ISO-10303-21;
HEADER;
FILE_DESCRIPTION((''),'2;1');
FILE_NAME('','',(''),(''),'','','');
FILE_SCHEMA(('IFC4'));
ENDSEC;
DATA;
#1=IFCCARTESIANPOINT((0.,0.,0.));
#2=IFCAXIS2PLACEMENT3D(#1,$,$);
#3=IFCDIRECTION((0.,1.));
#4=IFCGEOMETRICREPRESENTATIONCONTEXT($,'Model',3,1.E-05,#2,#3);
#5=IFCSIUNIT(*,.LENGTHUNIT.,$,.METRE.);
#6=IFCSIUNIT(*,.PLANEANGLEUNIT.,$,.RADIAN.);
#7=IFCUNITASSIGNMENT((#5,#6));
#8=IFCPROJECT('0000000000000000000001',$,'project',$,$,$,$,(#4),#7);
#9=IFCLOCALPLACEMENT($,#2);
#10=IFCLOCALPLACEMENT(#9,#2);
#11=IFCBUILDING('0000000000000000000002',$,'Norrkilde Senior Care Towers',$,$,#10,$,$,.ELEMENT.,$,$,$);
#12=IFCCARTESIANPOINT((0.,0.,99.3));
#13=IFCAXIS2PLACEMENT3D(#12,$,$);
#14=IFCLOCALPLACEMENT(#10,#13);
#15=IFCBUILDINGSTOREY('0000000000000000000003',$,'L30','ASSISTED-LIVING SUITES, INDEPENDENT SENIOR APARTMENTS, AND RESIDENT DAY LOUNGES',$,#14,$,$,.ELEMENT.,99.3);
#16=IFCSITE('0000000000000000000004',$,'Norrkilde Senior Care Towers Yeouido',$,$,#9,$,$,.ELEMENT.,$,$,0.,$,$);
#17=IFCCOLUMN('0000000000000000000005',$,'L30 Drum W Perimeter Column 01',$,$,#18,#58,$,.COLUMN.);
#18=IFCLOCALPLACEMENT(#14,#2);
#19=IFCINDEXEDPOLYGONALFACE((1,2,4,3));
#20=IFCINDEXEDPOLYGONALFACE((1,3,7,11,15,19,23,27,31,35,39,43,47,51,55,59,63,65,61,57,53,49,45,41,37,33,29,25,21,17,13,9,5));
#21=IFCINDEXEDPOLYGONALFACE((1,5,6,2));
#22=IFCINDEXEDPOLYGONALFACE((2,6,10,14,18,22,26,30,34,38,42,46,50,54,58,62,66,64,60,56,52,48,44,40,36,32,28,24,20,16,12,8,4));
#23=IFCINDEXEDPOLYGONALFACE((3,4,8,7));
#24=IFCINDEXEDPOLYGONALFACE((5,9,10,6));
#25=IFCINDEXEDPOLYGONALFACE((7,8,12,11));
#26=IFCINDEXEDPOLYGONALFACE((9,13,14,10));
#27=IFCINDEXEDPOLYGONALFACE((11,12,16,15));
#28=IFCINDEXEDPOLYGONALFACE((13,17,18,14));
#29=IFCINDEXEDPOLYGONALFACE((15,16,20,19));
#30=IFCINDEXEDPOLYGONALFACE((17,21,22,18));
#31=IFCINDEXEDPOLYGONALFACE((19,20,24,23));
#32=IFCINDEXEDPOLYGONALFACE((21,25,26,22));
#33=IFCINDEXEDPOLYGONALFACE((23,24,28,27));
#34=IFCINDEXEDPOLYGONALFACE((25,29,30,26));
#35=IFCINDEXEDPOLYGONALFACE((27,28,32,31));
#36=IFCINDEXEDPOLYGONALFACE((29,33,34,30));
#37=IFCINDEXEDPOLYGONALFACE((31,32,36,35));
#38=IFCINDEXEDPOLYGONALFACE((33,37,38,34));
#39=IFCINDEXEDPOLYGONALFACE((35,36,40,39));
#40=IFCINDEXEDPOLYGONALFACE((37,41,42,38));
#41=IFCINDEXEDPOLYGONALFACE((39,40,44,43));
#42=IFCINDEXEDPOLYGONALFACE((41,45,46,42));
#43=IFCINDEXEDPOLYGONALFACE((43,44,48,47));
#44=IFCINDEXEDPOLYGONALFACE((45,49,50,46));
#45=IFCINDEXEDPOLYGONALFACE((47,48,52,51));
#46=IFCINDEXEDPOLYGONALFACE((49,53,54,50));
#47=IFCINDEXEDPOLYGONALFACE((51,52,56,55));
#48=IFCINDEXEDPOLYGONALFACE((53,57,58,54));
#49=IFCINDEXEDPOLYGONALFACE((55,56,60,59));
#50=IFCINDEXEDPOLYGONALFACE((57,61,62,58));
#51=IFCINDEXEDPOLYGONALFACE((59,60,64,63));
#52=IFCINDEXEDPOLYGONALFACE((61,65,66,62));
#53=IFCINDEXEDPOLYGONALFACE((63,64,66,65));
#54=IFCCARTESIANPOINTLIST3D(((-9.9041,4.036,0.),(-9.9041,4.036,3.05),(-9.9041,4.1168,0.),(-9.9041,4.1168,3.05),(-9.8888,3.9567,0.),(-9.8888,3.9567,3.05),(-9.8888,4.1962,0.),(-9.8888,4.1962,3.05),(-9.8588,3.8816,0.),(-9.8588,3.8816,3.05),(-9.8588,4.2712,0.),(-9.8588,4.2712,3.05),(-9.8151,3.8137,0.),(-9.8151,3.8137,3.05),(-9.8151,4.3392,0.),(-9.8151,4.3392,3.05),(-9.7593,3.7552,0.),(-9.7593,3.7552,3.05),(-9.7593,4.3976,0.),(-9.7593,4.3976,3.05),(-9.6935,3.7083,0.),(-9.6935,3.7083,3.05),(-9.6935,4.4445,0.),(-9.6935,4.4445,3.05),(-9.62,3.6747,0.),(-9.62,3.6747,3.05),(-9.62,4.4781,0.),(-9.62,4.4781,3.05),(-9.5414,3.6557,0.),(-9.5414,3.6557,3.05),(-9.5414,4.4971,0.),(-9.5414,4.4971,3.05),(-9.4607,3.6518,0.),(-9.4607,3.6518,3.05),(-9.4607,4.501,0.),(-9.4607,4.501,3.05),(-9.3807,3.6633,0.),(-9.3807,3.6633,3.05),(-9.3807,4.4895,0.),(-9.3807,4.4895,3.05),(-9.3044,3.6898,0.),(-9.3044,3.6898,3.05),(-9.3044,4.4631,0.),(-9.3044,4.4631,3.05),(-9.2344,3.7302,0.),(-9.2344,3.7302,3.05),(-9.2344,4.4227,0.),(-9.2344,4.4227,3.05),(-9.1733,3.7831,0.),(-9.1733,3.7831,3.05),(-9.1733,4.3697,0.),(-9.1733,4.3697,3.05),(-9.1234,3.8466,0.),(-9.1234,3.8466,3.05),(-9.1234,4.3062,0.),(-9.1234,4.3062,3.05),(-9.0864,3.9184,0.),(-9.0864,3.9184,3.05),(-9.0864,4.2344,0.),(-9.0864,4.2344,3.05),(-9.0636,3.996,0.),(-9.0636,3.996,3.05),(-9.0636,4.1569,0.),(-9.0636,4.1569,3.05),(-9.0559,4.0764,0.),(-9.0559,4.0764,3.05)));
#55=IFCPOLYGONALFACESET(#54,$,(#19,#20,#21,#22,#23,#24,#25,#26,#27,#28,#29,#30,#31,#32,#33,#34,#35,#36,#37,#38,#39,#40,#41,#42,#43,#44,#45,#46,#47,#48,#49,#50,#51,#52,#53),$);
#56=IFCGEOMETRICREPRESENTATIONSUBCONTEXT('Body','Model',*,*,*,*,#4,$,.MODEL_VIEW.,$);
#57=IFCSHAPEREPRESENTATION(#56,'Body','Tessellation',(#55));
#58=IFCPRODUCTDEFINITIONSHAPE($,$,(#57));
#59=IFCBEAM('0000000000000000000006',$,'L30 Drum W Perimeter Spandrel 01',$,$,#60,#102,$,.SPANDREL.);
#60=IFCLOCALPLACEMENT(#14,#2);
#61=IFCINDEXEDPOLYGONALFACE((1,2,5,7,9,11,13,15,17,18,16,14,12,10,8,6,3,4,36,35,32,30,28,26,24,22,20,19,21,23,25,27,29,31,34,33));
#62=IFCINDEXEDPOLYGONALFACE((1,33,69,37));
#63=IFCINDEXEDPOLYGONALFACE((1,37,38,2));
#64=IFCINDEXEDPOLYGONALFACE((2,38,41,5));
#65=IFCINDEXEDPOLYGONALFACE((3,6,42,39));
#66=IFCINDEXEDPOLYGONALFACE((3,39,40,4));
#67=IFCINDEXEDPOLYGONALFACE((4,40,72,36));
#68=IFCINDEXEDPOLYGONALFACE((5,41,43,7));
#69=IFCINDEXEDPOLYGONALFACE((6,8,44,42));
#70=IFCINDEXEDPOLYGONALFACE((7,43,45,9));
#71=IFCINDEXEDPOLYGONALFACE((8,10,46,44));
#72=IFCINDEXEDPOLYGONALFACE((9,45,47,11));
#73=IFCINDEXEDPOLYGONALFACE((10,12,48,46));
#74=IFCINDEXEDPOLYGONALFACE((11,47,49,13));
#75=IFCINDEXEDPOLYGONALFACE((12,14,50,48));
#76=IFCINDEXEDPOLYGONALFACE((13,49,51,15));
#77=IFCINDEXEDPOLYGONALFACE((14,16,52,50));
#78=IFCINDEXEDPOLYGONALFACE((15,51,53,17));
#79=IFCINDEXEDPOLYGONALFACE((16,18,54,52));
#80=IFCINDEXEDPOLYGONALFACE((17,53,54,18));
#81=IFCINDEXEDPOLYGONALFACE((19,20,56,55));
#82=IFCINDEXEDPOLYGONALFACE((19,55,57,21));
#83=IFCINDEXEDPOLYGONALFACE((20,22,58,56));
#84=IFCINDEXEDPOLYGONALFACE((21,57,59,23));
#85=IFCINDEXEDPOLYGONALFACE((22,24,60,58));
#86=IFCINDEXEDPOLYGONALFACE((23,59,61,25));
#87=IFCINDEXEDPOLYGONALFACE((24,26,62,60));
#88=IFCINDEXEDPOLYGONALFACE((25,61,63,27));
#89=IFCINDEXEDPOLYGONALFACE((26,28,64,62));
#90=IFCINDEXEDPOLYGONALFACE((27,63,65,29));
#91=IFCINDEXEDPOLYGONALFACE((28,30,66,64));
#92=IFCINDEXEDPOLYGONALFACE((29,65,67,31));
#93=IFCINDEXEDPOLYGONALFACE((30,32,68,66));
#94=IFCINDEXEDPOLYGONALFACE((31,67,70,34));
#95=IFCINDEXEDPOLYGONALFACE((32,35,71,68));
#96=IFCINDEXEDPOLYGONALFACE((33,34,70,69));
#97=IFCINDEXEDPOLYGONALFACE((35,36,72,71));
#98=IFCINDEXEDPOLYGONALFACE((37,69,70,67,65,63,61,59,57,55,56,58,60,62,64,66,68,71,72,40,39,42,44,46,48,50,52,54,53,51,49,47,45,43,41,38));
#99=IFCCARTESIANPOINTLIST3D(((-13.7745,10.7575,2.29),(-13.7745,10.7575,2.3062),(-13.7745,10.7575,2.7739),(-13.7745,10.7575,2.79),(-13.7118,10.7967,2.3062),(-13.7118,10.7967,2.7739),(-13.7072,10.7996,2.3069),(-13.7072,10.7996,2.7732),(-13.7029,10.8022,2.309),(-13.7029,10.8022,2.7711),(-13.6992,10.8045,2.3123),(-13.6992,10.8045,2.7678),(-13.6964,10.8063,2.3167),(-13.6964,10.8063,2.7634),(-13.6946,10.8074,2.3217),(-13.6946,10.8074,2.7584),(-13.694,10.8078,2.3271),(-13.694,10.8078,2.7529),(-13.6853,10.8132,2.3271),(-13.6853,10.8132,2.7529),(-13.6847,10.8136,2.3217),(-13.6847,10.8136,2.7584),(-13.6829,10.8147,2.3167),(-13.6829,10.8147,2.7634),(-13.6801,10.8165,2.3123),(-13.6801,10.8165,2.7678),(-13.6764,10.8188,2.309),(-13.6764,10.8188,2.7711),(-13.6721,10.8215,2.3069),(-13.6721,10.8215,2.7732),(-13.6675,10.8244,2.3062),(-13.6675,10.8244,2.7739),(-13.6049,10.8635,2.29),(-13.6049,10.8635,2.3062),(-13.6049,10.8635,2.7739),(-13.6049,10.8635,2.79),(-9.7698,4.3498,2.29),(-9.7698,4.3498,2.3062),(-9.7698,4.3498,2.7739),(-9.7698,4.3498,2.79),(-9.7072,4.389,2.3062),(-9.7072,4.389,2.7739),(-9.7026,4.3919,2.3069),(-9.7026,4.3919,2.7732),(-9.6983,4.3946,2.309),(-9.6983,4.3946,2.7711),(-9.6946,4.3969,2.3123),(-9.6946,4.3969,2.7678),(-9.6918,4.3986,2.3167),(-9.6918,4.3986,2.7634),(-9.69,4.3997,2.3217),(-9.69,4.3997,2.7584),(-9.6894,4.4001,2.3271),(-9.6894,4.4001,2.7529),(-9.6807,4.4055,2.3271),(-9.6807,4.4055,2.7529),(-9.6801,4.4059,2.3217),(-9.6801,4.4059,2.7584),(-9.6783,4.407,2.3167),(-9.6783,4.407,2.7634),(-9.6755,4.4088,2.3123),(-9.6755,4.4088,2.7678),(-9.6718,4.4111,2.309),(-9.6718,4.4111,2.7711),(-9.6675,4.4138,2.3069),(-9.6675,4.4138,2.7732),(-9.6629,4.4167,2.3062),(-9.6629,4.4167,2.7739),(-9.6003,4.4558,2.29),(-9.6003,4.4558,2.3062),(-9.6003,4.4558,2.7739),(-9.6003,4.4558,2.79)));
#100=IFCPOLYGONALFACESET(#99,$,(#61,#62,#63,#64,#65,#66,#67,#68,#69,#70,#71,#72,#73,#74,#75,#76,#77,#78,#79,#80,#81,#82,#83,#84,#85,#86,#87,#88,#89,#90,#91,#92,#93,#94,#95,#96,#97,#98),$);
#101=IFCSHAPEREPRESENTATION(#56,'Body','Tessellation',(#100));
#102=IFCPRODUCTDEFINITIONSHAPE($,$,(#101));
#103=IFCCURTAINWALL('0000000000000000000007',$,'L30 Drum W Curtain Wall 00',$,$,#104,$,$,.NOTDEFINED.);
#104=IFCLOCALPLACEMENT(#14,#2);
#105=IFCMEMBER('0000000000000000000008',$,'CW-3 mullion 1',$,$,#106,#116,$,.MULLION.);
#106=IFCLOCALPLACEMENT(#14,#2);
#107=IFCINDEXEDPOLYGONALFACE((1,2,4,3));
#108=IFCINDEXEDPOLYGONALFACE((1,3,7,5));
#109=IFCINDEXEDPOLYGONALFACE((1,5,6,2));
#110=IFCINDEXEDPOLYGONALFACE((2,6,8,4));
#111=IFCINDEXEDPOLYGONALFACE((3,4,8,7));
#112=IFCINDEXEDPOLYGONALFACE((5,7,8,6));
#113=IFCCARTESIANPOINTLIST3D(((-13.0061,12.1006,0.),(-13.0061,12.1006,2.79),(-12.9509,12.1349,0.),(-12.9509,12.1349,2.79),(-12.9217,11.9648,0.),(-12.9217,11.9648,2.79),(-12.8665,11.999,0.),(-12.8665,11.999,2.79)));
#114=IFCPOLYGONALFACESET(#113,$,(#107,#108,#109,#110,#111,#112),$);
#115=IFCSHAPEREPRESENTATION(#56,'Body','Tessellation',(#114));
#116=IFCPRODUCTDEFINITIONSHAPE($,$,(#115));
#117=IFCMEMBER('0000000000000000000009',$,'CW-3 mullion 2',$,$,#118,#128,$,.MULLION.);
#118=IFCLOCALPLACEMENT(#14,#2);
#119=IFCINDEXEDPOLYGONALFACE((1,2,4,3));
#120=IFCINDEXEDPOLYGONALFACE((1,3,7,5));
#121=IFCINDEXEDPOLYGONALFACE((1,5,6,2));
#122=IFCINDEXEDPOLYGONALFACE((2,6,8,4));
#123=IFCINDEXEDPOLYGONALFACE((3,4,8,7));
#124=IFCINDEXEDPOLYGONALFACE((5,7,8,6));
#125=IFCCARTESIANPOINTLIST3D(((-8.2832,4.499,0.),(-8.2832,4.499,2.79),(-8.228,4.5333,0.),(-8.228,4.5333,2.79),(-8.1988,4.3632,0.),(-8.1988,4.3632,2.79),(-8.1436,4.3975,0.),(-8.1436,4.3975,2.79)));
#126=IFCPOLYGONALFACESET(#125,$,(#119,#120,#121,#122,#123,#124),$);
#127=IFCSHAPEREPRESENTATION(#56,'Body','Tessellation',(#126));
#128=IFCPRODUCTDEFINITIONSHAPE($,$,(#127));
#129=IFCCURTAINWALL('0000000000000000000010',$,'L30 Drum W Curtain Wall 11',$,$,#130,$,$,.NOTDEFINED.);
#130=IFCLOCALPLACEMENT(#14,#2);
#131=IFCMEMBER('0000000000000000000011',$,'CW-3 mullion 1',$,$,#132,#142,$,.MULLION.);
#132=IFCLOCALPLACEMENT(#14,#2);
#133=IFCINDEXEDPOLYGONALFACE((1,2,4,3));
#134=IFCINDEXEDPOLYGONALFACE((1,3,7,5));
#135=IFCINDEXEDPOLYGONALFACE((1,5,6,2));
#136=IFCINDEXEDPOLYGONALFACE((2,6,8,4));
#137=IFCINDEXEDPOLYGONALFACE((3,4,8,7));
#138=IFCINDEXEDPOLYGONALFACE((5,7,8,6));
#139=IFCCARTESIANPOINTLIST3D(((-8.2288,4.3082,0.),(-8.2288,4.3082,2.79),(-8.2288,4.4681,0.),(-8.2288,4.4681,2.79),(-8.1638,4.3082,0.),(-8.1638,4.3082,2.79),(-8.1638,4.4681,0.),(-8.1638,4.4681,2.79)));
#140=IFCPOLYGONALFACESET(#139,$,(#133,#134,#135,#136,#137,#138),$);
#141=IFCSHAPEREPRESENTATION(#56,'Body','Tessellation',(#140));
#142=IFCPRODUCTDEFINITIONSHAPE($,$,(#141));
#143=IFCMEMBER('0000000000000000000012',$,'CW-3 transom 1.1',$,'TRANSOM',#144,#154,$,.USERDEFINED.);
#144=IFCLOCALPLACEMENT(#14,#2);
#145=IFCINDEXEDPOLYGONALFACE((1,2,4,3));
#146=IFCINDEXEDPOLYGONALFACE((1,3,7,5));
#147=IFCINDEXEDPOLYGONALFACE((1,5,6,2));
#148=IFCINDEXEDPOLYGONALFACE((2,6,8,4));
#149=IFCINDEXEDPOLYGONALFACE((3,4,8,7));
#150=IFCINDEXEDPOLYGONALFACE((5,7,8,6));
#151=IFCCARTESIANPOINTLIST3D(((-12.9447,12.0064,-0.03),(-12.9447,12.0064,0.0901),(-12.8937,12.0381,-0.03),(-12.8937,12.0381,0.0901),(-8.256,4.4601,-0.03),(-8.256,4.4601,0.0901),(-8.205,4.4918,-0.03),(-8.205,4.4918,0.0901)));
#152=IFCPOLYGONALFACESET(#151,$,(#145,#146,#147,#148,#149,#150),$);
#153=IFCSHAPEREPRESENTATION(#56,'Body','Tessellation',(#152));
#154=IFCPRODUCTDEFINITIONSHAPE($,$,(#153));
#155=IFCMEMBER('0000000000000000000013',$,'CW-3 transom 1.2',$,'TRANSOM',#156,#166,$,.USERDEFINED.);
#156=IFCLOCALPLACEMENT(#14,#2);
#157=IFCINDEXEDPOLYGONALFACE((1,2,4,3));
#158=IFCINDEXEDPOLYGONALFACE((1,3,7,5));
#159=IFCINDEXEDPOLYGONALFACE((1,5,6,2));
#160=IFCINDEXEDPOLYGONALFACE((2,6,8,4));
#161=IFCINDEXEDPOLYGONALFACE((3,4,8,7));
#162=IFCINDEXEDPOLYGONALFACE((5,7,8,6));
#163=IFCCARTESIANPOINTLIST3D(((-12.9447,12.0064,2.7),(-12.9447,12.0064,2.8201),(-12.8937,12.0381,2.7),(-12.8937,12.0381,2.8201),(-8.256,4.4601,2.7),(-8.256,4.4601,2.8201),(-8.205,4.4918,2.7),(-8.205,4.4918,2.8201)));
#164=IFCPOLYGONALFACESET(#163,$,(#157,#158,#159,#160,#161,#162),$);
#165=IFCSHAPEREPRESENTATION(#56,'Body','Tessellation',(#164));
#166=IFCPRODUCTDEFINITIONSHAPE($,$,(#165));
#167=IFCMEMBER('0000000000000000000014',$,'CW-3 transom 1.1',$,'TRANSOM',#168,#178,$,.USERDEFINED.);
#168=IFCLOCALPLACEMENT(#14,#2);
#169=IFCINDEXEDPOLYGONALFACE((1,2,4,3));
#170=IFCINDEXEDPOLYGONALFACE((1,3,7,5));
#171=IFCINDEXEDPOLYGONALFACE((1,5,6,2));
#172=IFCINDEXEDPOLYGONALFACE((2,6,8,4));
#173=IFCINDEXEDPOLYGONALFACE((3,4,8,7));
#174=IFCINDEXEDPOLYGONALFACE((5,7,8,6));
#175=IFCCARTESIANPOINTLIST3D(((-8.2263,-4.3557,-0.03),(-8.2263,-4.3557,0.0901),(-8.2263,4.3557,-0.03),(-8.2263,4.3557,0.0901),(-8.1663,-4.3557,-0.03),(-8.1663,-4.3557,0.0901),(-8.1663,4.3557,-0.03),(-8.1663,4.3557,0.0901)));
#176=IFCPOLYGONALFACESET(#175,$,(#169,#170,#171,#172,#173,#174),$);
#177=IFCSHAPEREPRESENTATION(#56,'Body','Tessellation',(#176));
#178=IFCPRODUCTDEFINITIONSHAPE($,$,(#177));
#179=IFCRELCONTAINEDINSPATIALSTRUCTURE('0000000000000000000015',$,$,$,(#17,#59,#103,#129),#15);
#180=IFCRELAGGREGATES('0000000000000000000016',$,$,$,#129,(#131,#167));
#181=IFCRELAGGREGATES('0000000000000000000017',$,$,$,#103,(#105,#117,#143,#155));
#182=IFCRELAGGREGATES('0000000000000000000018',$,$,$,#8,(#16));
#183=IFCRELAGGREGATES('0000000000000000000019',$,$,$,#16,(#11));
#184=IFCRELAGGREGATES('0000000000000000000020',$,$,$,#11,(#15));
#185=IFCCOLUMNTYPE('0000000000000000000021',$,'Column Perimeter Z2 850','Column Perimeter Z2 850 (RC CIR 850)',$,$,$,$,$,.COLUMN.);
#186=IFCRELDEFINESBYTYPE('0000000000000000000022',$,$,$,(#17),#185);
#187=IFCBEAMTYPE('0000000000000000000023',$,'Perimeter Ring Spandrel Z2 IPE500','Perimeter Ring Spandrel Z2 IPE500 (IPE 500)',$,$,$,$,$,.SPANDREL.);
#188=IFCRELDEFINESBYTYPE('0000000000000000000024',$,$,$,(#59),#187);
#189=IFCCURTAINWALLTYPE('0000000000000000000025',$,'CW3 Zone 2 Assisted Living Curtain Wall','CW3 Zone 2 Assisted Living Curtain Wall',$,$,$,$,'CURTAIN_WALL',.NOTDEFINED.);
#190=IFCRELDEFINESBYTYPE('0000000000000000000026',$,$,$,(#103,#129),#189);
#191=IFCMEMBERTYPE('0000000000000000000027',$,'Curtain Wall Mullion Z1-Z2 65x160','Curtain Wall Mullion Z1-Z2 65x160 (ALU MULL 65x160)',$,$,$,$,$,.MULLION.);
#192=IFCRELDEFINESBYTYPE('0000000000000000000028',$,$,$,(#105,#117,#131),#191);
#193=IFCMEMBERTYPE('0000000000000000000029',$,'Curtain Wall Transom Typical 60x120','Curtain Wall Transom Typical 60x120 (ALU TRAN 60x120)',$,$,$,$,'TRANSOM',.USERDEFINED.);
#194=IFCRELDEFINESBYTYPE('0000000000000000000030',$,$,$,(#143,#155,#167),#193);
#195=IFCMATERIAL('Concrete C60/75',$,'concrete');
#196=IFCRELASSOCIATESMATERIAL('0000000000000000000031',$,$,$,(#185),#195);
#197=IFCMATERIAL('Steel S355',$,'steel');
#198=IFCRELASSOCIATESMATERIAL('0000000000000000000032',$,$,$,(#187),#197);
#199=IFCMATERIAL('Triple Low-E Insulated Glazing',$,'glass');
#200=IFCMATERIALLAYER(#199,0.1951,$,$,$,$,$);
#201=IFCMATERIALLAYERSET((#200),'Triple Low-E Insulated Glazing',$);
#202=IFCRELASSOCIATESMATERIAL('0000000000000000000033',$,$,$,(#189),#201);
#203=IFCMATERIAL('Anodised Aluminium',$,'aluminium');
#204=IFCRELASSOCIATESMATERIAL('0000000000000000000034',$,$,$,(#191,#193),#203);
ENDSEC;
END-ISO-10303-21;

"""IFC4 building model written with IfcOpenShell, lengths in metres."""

from ifc_helpers import new_model, si_unit, direction, frame, origin, origin_2d, place, context, subcontext, project, spatial, rectangle, circle, i_section, extrude, source, transform, mapped, material, layer, layer_set, material_profile, profile_set, type_object, type_shapes, element, aggregate, save


model = new_model("IFC4")

# Units and contexts
model_context = context("Model", 3, precision=1e-05, world=origin(), true_north=direction((0.0, 1.0)))
body_context = subcontext(model_context, "Body", "Model", "MODEL_VIEW")
ifc_project = project(units=[si_unit("LENGTHUNIT", "METRE"), si_unit("PLANEANGLEUNIT", "RADIAN")], contexts=[model_context])

# Site, building, storey
site_placement = place(None, origin())
site = spatial("IfcSite", under=ifc_project, at=site_placement, Name="Norrkilde Senior Care Towers Yeouido", CompositionType="ELEMENT", RefElevation=0.0)
building_placement = place(site_placement, origin())
building = spatial("IfcBuilding", under=site, at=building_placement, Name="Norrkilde Senior Care Towers", CompositionType="ELEMENT")
storey_placement = place(building_placement, frame((0.0, 0.0, 99.3)))
storey = spatial("IfcBuildingStorey", under=building, at=storey_placement, Name="L30", Description="ASSISTED-LIVING SUITES, INDEPENDENT SENIOR APARTMENTS, AND RESIDENT DAY LOUNGES", CompositionType="ELEMENT", Elevation=99.3)

# Column
ifc_material_1 = material(Name="Concrete C60/75", Category="concrete")
ifc_material_profile_1 = material_profile(ifc_material_1, circle(Radius=0.425, at=origin_2d()), Name="RC CIR 850")
ifc_profile_set_1 = profile_set([ifc_material_profile_1], Name="Concrete C60/75")
column_type = type_object("IfcColumnType", Name="Column Perimeter Z2 850", Description="Column Perimeter Z2 850 (RC CIR 850)", PredefinedType="COLUMN", material=ifc_profile_set_1)
shared_shape_1 = source(origin(), body_context, "Body", "SweptSolid", [
    extrude(circle(Radius=0.425, at=origin_2d()), origin(), (0.0, 0.0, 1.0), 3.05),
])
type_shapes(column_type, [shared_shape_1])
column_placement = place(storey_placement, frame((-9.481, 4.0764, 0.0), z_axis=(0.0, 0.0, 1.0), x_axis=(1.0, 0.0, 0.0)))
element("IfcColumn", 1, at=column_placement, inside=storey, type_object=column_type, Name="L30 Drum W Perimeter Column 01", PredefinedType="COLUMN", context=body_context, shape_type="MappedRepresentation", body=[
    mapped(shared_shape_1, transform((0.0, 0.0, 0.0), x_axis=(1.0, 0.0, 0.0), y_axis=(0.0, 1.0, 0.0), z_axis=(0.0, 0.0, 1.0), scale=1.0)),
])

# Beam
ifc_material_2 = material(Name="Steel S355", Category="steel")
ifc_material_profile_2 = material_profile(ifc_material_2, i_section(OverallWidth=0.2, OverallDepth=0.5, WebThickness=0.0103, FlangeThickness=0.0161, FilletRadius=0.021, at=origin_2d()), Name="IPE 500")
ifc_profile_set_2 = profile_set([ifc_material_profile_2], Name="Steel S355")
beam_type = type_object("IfcBeamType", Name="Perimeter Ring Spandrel Z2 IPE500", Description="Perimeter Ring Spandrel Z2 IPE500 (IPE 500)", PredefinedType="SPANDREL", material=ifc_profile_set_2)
shared_shape_2 = source(origin(), body_context, "Body", "SweptSolid", [
    extrude(i_section(OverallWidth=0.2, OverallDepth=0.5, WebThickness=0.0103, FlangeThickness=0.0161, FilletRadius=0.021, at=origin_2d()), origin(), (0.0, 0.0, 1.0), 7.5562),
])
type_shapes(beam_type, [shared_shape_2])
beam_placement = place(storey_placement, frame((-9.6851, 4.4028, 2.54), z_axis=(-0.529982, 0.848009, 0.0), x_axis=(-0.848009, -0.529982, 0.0)))
element("IfcBeam", 2, at=beam_placement, inside=storey, type_object=beam_type, Name="L30 Drum W Perimeter Spandrel 01", PredefinedType="SPANDREL", context=body_context, shape_type="MappedRepresentation", body=[
    mapped(shared_shape_2, transform((0.0, 0.0, 0.0), x_axis=(1.0, 0.0, 0.0), y_axis=(0.0, 1.0, 0.0), z_axis=(0.0, 0.0, 1.0), scale=1.0)),
])

# Curtain wall, members
ifc_material_3 = material(Name="Triple Low-E Insulated Glazing", Category="glass")
ifc_layer_1 = layer(ifc_material_3, 0.1951)
ifc_layer_set_1 = layer_set([ifc_layer_1], Name="Triple Low-E Insulated Glazing")
curtain_wall_type = type_object("IfcCurtainWallType", Name="CW3 Zone 2 Assisted Living Curtain Wall", Description="CW3 Zone 2 Assisted Living Curtain Wall", ElementType="CURTAIN_WALL", PredefinedType="NOTDEFINED", material=ifc_layer_set_1)
curtain_wall_1_placement = place(storey_placement, origin())
curtain_wall_1 = element("IfcCurtainWall", 3, at=curtain_wall_1_placement, inside=storey, type_object=curtain_wall_type, Name="L30 Drum W Curtain Wall 00", PredefinedType="NOTDEFINED")
ifc_material_4 = material(Name="Anodised Aluminium", Category="aluminium")
ifc_material_profile_3 = material_profile(ifc_material_4, rectangle(XDim=0.0649, YDim=0.1599, at=origin_2d()), Name="ALU MULL 65x160")
ifc_profile_set_3 = profile_set([ifc_material_profile_3], Name="Anodised Aluminium")
member_type_1 = type_object("IfcMemberType", Name="Curtain Wall Mullion Z1-Z2 65x160", Description="Curtain Wall Mullion Z1-Z2 65x160 (ALU MULL 65x160)", PredefinedType="MULLION", material=ifc_profile_set_3)
shared_shape_3 = source(origin(), body_context, "Body", "SweptSolid", [
    extrude(rectangle(XDim=0.0649, YDim=0.1599, at=origin_2d()), origin(), (0.0, 0.0, 1.0), 2.79),
])
type_shapes(member_type_1, [shared_shape_3])
member_1_placement = place(storey_placement, frame((-12.9363, 12.0498, 0.0), z_axis=(0.0, 0.0, 1.0), x_axis=(0.84941, 0.527733, 0.0)))
member_1 = element("IfcMember", 4, at=member_1_placement, type_object=member_type_1, Name="CW-3 mullion 1", PredefinedType="MULLION", context=body_context, shape_type="MappedRepresentation", body=[
    mapped(shared_shape_3, transform((0.0, 0.0, 0.0), x_axis=(1.0, 0.0, 0.0), y_axis=(0.0, 1.0, 0.0), z_axis=(0.0, 0.0, 1.0), scale=1.0)),
])
member_2_placement = place(storey_placement, frame((-8.2134, 4.4482, 0.0), z_axis=(0.0, 0.0, 1.0), x_axis=(0.84941, 0.527733, 0.0)))
member_2 = element("IfcMember", 5, at=member_2_placement, type_object=member_type_1, Name="CW-3 mullion 2", PredefinedType="MULLION", context=body_context, shape_type="MappedRepresentation", body=[
    mapped(shared_shape_3, transform((0.0, 0.0, 0.0), x_axis=(1.0, 0.0, 0.0), y_axis=(0.0, 1.0, 0.0), z_axis=(0.0, 0.0, 1.0), scale=1.0)),
])

# Curtain wall, member
curtain_wall_2_placement = place(storey_placement, origin())
curtain_wall_2 = element("IfcCurtainWall", 6, at=curtain_wall_2_placement, inside=storey, type_object=curtain_wall_type, Name="L30 Drum W Curtain Wall 11", PredefinedType="NOTDEFINED")
member_3_placement = place(storey_placement, frame((-8.1963, 4.3882, 0.0), z_axis=(0.0, 0.0, 1.0), x_axis=(1.0, 0.0, 0.0)))
member_3 = element("IfcMember", 7, at=member_3_placement, type_object=member_type_1, Name="CW-3 mullion 1", PredefinedType="MULLION", context=body_context, shape_type="MappedRepresentation", body=[
    mapped(shared_shape_3, transform((0.0, 0.0, 0.0), x_axis=(1.0, 0.0, 0.0), y_axis=(0.0, 1.0, 0.0), z_axis=(0.0, 0.0, 1.0), scale=1.0)),
])

# Members
ifc_material_profile_4 = material_profile(ifc_material_4, rectangle(XDim=0.0601, YDim=0.1201, at=origin_2d()), Name="ALU TRAN 60x120")
ifc_profile_set_4 = profile_set([ifc_material_profile_4], Name="Anodised Aluminium")
member_type_2 = type_object("IfcMemberType", Name="Curtain Wall Transom Typical 60x120", Description="Curtain Wall Transom Typical 60x120 (ALU TRAN 60x120)", ElementType="TRANSOM", PredefinedType="USERDEFINED", material=ifc_profile_set_4)
shared_shape_4 = source(origin(), body_context, "Body", "SweptSolid", [
    extrude(rectangle(XDim=0.0601, YDim=0.1201, at=origin_2d()), origin(), (0.0, 0.0, 1.0), 8.8843),
])
member_4_placement = place(storey_placement, frame((-12.9192, 12.0222, 0.03), z_axis=(0.527749, -0.8494, 0.0), x_axis=(0.8494, 0.527749, 0.0)))
member_4 = element("IfcMember", 8, at=member_4_placement, type_object=member_type_2, Name="CW-3 transom 1.1", ObjectType="TRANSOM", PredefinedType="USERDEFINED", context=body_context, shape_type="MappedRepresentation", body=[
    mapped(shared_shape_4, transform((0.0, 0.0, 0.0), x_axis=(1.0, 0.0, 0.0), y_axis=(0.0, 1.0, 0.0), z_axis=(0.0, 0.0, 1.0), scale=1.0)),
])
member_5_placement = place(storey_placement, frame((-12.9192, 12.0222, 2.76), z_axis=(0.527749, -0.8494, 0.0), x_axis=(0.8494, 0.527749, 0.0)))
member_5 = element("IfcMember", 9, at=member_5_placement, type_object=member_type_2, Name="CW-3 transom 1.2", ObjectType="TRANSOM", PredefinedType="USERDEFINED", context=body_context, shape_type="MappedRepresentation", body=[
    mapped(shared_shape_4, transform((0.0, 0.0, 0.0), x_axis=(1.0, 0.0, 0.0), y_axis=(0.0, 1.0, 0.0), z_axis=(0.0, 0.0, 1.0), scale=1.0)),
])
shared_shape_5 = source(origin(), body_context, "Body", "SweptSolid", [
    extrude(rectangle(XDim=0.0601, YDim=0.1201, at=origin_2d()), origin(), (0.0, 0.0, 1.0), 8.7114),
])
type_shapes(member_type_2, [shared_shape_4, shared_shape_5])
member_6_placement = place(storey_placement, frame((-8.1963, 4.3557, 0.03), z_axis=(0.0, -1.0, 0.0), x_axis=(1.0, 0.0, 0.0)))
member_6 = element("IfcMember", 10, at=member_6_placement, type_object=member_type_2, Name="CW-3 transom 1.1", ObjectType="TRANSOM", PredefinedType="USERDEFINED", context=body_context, shape_type="MappedRepresentation", body=[
    mapped(shared_shape_5, transform((0.0, 0.0, 0.0), x_axis=(1.0, 0.0, 0.0), y_axis=(0.0, 1.0, 0.0), z_axis=(0.0, 0.0, 1.0), scale=1.0)),
])
aggregate(curtain_wall_2, [member_3, member_6])

aggregate(curtain_wall_1, [member_1, member_2, member_4, member_5])

save(model, "model.ifc")
